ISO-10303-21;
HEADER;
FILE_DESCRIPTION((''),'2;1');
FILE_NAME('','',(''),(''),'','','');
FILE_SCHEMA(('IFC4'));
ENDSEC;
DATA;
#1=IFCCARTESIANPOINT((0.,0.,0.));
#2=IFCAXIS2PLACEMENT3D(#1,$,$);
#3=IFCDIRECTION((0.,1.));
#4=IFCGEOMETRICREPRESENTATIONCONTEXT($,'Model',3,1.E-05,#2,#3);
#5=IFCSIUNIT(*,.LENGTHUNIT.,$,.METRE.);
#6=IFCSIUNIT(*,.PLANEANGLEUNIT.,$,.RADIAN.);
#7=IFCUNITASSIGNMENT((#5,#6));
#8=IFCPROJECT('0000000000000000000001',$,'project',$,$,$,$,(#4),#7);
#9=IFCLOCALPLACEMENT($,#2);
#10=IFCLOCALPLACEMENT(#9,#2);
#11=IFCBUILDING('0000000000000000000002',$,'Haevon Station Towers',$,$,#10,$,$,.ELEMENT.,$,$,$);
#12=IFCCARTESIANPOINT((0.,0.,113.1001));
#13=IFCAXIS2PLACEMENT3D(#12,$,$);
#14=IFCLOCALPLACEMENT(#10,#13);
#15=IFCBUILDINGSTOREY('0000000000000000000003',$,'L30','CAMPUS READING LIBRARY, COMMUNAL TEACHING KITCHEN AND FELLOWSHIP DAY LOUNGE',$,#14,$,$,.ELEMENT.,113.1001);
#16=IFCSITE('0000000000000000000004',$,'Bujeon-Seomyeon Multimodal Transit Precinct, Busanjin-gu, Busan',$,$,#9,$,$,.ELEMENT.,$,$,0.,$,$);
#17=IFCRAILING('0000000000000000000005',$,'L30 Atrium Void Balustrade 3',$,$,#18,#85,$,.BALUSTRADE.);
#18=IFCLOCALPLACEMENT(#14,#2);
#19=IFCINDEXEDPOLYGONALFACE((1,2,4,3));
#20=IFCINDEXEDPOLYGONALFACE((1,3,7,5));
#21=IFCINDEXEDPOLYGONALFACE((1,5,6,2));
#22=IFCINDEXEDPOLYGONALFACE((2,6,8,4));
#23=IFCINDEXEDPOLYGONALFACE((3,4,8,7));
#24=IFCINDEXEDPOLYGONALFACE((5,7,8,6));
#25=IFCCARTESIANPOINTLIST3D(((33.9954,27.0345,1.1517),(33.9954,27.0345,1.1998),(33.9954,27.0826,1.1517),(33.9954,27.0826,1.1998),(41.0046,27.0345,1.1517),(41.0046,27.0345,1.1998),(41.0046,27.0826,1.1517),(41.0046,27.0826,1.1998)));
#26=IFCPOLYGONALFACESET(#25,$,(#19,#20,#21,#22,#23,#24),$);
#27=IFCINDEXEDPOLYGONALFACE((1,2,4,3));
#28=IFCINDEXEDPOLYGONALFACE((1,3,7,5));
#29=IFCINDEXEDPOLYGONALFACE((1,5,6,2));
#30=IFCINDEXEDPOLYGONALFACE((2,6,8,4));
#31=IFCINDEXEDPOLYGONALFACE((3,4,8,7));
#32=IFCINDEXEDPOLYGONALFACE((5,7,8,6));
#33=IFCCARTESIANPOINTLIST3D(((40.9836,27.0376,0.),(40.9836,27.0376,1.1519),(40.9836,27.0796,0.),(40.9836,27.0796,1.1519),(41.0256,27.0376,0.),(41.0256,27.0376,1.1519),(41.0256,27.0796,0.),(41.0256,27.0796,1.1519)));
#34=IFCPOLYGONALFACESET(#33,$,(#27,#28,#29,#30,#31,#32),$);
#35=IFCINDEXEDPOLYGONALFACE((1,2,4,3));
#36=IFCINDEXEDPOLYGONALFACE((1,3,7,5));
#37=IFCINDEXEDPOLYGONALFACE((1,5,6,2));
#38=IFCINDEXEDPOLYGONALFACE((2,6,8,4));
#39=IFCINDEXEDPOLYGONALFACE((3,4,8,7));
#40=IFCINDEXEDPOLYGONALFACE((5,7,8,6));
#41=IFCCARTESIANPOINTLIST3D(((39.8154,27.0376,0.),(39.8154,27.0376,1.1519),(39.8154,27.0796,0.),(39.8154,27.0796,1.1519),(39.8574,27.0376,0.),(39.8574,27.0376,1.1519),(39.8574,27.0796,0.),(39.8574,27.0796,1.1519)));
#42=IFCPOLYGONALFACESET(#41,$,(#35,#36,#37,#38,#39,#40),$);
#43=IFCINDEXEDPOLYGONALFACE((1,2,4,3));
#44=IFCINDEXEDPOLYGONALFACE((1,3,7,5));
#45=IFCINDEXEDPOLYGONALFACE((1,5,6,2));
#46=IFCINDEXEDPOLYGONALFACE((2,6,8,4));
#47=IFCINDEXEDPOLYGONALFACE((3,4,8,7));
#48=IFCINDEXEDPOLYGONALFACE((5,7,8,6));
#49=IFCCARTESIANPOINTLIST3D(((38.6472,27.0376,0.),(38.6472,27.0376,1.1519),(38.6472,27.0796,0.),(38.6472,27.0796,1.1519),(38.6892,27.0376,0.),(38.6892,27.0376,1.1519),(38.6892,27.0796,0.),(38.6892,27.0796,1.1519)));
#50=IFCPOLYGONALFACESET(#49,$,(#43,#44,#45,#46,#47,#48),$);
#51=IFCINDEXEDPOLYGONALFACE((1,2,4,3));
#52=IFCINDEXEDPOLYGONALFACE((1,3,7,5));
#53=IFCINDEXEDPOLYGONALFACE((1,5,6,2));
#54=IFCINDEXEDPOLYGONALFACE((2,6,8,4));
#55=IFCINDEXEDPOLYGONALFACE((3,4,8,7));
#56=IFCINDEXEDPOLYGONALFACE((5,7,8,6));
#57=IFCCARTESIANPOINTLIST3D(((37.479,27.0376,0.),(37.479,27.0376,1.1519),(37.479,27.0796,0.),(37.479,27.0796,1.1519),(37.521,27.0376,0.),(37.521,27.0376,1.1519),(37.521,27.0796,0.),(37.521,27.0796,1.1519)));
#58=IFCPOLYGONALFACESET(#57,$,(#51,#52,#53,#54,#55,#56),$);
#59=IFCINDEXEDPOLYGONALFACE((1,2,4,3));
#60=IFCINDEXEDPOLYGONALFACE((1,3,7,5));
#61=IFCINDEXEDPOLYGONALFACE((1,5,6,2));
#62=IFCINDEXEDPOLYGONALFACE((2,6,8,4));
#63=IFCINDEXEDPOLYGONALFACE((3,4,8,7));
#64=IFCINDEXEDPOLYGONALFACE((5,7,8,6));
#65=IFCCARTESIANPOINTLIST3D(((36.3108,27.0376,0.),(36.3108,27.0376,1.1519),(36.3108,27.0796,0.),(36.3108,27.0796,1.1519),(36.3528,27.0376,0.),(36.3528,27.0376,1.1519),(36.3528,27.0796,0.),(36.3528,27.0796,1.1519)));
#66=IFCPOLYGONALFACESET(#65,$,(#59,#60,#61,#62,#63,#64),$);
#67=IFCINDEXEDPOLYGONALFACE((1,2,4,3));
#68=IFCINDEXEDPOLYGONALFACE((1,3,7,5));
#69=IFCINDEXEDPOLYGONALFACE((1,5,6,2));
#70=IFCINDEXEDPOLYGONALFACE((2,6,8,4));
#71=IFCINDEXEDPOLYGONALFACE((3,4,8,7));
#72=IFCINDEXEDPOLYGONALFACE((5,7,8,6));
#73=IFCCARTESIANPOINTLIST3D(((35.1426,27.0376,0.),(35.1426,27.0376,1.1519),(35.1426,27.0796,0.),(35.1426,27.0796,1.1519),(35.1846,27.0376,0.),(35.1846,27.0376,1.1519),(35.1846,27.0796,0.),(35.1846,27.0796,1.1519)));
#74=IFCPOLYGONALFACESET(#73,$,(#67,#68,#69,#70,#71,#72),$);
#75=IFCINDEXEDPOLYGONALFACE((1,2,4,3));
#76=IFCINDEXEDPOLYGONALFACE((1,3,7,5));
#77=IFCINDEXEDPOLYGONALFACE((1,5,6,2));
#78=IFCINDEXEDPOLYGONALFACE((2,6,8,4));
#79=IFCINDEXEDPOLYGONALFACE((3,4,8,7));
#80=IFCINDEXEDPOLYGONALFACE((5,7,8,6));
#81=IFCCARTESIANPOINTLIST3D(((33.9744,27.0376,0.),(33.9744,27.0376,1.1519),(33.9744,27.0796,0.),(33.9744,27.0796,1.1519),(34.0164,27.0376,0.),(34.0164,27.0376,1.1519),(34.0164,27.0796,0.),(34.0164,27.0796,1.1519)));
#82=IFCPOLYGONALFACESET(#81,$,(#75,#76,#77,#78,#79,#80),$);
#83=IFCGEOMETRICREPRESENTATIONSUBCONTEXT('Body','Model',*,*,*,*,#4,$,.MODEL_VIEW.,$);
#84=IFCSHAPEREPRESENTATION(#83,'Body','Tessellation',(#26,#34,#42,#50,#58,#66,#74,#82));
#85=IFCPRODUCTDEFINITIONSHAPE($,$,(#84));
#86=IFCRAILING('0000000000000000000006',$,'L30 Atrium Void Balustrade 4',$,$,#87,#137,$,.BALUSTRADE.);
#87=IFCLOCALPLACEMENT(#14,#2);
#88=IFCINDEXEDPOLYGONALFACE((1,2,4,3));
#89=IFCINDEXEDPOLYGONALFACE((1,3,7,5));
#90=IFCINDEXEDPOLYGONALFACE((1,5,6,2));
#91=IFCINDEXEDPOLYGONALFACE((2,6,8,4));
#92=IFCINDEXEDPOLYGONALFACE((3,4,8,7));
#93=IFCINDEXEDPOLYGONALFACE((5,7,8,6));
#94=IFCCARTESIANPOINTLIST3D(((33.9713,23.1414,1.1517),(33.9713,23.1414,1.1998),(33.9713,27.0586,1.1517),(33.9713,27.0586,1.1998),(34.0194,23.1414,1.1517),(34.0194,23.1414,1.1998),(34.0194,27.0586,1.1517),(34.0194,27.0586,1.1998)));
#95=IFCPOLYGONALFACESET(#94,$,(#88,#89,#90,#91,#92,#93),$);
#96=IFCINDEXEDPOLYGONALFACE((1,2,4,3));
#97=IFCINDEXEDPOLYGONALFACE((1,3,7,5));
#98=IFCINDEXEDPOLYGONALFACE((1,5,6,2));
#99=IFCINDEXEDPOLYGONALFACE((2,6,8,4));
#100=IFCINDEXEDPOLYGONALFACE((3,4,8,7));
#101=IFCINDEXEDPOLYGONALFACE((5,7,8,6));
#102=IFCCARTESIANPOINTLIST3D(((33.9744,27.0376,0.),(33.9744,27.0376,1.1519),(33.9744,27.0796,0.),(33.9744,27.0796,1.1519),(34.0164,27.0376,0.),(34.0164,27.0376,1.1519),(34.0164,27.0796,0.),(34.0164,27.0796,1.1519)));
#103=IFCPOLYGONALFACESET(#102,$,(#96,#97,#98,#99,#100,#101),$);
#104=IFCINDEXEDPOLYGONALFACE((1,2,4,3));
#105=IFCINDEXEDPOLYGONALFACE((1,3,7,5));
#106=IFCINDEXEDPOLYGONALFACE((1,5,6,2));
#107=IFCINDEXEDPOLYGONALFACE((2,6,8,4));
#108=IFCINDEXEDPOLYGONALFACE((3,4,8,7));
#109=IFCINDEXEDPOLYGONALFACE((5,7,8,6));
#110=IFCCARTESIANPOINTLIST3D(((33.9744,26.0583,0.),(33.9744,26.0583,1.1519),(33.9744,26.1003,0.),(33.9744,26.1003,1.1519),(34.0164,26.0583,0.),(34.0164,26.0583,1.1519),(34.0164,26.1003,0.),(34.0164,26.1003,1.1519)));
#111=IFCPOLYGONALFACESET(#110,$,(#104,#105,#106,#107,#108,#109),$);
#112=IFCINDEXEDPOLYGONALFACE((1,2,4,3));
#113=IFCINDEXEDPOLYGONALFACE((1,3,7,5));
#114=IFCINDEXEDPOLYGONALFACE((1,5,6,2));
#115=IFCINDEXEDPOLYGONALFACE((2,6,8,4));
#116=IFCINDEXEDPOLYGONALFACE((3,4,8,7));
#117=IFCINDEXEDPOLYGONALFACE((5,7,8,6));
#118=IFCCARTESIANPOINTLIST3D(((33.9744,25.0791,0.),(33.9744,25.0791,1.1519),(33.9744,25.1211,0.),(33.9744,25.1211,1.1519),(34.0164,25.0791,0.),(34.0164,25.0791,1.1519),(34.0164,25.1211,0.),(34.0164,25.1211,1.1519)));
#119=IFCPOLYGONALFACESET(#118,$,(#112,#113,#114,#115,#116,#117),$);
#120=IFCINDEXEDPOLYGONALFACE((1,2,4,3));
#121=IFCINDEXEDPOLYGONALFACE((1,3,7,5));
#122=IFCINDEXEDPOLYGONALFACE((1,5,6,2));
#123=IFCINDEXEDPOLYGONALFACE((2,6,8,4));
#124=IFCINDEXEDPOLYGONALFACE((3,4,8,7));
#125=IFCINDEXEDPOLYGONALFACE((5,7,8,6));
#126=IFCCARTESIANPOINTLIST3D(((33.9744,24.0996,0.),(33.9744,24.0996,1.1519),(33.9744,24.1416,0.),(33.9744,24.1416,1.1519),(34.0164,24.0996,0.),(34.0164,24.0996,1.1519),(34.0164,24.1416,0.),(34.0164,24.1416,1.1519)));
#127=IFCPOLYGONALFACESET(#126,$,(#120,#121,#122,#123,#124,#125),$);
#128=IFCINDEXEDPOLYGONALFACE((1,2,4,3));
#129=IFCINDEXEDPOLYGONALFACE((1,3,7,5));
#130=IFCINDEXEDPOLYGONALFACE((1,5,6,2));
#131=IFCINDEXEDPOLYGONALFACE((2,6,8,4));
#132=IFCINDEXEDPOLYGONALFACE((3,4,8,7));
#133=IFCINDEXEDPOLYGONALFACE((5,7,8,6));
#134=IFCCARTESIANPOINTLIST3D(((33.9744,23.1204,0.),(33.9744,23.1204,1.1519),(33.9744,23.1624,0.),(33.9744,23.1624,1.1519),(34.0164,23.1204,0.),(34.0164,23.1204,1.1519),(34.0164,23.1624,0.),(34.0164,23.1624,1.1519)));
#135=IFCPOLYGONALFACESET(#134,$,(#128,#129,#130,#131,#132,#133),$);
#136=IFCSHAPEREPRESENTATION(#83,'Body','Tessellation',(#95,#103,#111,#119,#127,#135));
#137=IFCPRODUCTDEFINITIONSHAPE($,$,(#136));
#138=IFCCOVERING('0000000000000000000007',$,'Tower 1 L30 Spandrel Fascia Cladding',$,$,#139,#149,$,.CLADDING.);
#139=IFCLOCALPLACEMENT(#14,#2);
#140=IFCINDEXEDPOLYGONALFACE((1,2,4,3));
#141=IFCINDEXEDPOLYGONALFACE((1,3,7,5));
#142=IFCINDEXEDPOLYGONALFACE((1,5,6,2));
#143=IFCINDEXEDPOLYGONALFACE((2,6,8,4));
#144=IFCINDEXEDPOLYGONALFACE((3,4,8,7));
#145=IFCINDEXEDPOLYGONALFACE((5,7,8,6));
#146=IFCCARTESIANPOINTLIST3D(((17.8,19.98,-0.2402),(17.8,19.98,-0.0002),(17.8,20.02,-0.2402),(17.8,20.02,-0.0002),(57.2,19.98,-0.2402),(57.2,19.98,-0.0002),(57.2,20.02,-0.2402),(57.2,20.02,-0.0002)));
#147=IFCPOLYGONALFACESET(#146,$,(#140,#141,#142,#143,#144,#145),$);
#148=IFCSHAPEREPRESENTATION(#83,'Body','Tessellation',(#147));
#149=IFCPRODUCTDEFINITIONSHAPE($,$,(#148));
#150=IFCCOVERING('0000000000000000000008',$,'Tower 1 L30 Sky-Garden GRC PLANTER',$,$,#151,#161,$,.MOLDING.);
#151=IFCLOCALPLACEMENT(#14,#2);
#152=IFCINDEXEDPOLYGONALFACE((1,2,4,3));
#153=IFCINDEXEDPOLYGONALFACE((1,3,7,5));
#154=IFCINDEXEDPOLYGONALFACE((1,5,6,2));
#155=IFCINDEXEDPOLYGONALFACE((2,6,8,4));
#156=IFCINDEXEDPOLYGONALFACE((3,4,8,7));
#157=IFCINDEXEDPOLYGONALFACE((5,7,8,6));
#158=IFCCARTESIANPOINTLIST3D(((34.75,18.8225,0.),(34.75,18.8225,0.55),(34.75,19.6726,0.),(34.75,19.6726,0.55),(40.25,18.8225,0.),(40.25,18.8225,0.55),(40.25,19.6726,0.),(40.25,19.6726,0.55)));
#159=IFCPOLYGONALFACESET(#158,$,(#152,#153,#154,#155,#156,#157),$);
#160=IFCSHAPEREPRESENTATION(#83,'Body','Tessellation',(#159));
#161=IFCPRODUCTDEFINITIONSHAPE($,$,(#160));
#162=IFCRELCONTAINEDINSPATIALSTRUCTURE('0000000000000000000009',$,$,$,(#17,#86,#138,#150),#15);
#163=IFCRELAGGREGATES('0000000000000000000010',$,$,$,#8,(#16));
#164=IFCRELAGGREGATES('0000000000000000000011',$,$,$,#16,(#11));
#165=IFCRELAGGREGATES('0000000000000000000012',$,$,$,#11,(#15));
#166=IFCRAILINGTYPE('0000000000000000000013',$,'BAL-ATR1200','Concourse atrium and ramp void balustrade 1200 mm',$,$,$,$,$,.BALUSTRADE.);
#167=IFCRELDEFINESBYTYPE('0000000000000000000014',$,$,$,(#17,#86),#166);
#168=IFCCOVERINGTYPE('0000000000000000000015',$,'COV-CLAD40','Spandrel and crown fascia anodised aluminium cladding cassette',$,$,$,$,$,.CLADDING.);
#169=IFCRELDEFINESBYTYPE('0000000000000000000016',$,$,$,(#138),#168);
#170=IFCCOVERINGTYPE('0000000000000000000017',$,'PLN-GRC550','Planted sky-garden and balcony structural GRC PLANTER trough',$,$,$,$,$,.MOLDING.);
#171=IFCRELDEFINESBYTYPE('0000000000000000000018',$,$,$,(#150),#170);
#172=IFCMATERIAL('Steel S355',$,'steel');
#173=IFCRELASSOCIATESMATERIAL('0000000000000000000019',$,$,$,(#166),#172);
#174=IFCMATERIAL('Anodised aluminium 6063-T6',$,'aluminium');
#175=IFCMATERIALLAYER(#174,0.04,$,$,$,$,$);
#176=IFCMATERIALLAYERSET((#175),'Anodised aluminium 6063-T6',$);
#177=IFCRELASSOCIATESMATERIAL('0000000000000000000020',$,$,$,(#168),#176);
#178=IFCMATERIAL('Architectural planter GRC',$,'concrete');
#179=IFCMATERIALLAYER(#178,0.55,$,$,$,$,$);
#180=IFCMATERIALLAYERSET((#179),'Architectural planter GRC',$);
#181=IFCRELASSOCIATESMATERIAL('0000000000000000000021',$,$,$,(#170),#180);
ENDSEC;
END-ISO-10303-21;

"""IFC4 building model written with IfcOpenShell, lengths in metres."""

from ifc_helpers import new_model, si_unit, direction, frame, origin, origin_2d, place, context, subcontext, project, spatial, rectangle, extrude, material, layer, layer_set, type_object, element, save


model = new_model("IFC4")

# Units and contexts
model_context = context("Model", 3, precision=1e-05, world=origin(), true_north=direction((0.0, 1.0)))
body_context = subcontext(model_context, "Body", "Model", "MODEL_VIEW")
ifc_project = project(units=[si_unit("LENGTHUNIT", "METRE"), si_unit("PLANEANGLEUNIT", "RADIAN")], contexts=[model_context])

# Site, building, storey
site_placement = place(None, origin())
site = spatial("IfcSite", under=ifc_project, at=site_placement, Name="Bujeon-Seomyeon Multimodal Transit Precinct, Busanjin-gu, Busan", CompositionType="ELEMENT", RefElevation=0.0)
building_placement = place(site_placement, origin())
building = spatial("IfcBuilding", under=site, at=building_placement, Name="Haevon Station Towers", CompositionType="ELEMENT")
storey_placement = place(building_placement, frame((0.0, 0.0, 113.1001)))
storey = spatial("IfcBuildingStorey", under=building, at=storey_placement, Name="L30", Description="CAMPUS READING LIBRARY, COMMUNAL TEACHING KITCHEN AND FELLOWSHIP DAY LOUNGE", CompositionType="ELEMENT", Elevation=113.1001)

# Shared definitions
ifc_material_1 = material(Name="Steel S355", Category="steel")

# Railings
railing_type = type_object("IfcRailingType", Name="BAL-ATR1200", Description="Concourse atrium and ramp void balustrade 1200 mm", PredefinedType="BALUSTRADE", material=ifc_material_1)
railing_1_placement = place(storey_placement, frame((41.0046, 27.0586, 0.0)))
element("IfcRailing", 1, at=railing_1_placement, inside=storey, type_object=railing_type, Name="L30 Atrium Void Balustrade 3", PredefinedType="BALUSTRADE", context=body_context, shape_type="SweptSolid", body=[
    extrude(rectangle(XDim=0.0481, YDim=0.0481, at=origin_2d()), frame((0.0, 0.0, 1.1758), z_axis=(-1.0, 0.0, 0.0), x_axis=(0.0, -1.0, 0.0)), (0.0, 0.0, 1.0), 7.0093),
    extrude(rectangle(XDim=0.042, YDim=0.042, at=origin_2d()), origin(), (0.0, 0.0, 1.0), 1.1519),
    extrude(rectangle(XDim=0.042, YDim=0.042, at=origin_2d()), frame((-1.1682, 0.0, 0.0)), (0.0, 0.0, 1.0), 1.1519),
    extrude(rectangle(XDim=0.042, YDim=0.042, at=origin_2d()), frame((-2.3364, 0.0, 0.0)), (0.0, 0.0, 1.0), 1.1519),
    extrude(rectangle(XDim=0.042, YDim=0.042, at=origin_2d()), frame((-3.5046, 0.0, 0.0)), (0.0, 0.0, 1.0), 1.1519),
    extrude(rectangle(XDim=0.042, YDim=0.042, at=origin_2d()), frame((-4.6729, 0.0, 0.0)), (0.0, 0.0, 1.0), 1.1519),
    extrude(rectangle(XDim=0.042, YDim=0.042, at=origin_2d()), frame((-5.8411, 0.0, 0.0)), (0.0, 0.0, 1.0), 1.1519),
    extrude(rectangle(XDim=0.042, YDim=0.042, at=origin_2d()), frame((-7.0093, 0.0, 0.0)), (0.0, 0.0, 1.0), 1.1519),
])
railing_2_placement = place(storey_placement, frame((33.9954, 27.0586, 0.0)))
element("IfcRailing", 2, at=railing_2_placement, inside=storey, type_object=railing_type, Name="L30 Atrium Void Balustrade 4", PredefinedType="BALUSTRADE", context=body_context, shape_type="SweptSolid", body=[
    extrude(rectangle(XDim=0.0481, YDim=0.0481, at=origin_2d()), frame((0.0, 0.0, 1.1758), z_axis=(0.0, -1.0, 0.0), x_axis=(1.0, 0.0, 0.0)), (0.0, 0.0, 1.0), 3.9172),
    extrude(rectangle(XDim=0.042, YDim=0.042, at=origin_2d()), origin(), (0.0, 0.0, 1.0), 1.1519),
    extrude(rectangle(XDim=0.042, YDim=0.042, at=origin_2d()), frame((0.0, -0.9792, 0.0)), (0.0, 0.0, 1.0), 1.1519),
    extrude(rectangle(XDim=0.042, YDim=0.042, at=origin_2d()), frame((0.0, -1.9585, 0.0)), (0.0, 0.0, 1.0), 1.1519),
    extrude(rectangle(XDim=0.042, YDim=0.042, at=origin_2d()), frame((0.0, -2.938, 0.0)), (0.0, 0.0, 1.0), 1.1519),
    extrude(rectangle(XDim=0.042, YDim=0.042, at=origin_2d()), frame((0.0, -3.9172, 0.0)), (0.0, 0.0, 1.0), 1.1519),
])

# Coverings
ifc_material_2 = material(Name="Anodised aluminium 6063-T6", Category="aluminium")
ifc_layer_1 = layer(ifc_material_2, 0.04)
ifc_layer_set_1 = layer_set([ifc_layer_1], Name="Anodised aluminium 6063-T6")
covering_type_1 = type_object("IfcCoveringType", Name="COV-CLAD40", Description="Spandrel and crown fascia anodised aluminium cladding cassette", PredefinedType="CLADDING", material=ifc_layer_set_1)
covering_1_placement = place(storey_placement, frame((37.5, 20.0, -0.2402), z_axis=(0.0, 0.0, 1.0), x_axis=(1.0, 0.0, 0.0)))
element("IfcCovering", 3, at=covering_1_placement, inside=storey, type_object=covering_type_1, Name="Tower 1 L30 Spandrel Fascia Cladding", PredefinedType="CLADDING", context=body_context, shape_type="SweptSolid", body=[
    extrude(rectangle(XDim=39.3999, YDim=0.04, at=origin_2d()), origin(), (0.0, 0.0, 1.0), 0.24),
])
ifc_material_3 = material(Name="Architectural planter GRC", Category="concrete")
ifc_layer_2 = layer(ifc_material_3, 0.55)
ifc_layer_set_2 = layer_set([ifc_layer_2], Name="Architectural planter GRC")
covering_type_2 = type_object("IfcCoveringType", Name="PLN-GRC550", Description="Planted sky-garden and balcony structural GRC PLANTER trough", PredefinedType="MOLDING", material=ifc_layer_set_2)
covering_2_placement = place(storey_placement, frame((37.5, 19.2476, 0.0), z_axis=(0.0, 0.0, 1.0), x_axis=(1.0, 0.0, 0.0)))
element("IfcCovering", 4, at=covering_2_placement, inside=storey, type_object=covering_type_2, Name="Tower 1 L30 Sky-Garden GRC PLANTER", PredefinedType="MOLDING", context=body_context, shape_type="SweptSolid", body=[
    extrude(rectangle(XDim=5.5, YDim=0.8501, at=origin_2d()), origin(), (0.0, 0.0, 1.0), 0.55),
])

save(model, "model.ifc")
